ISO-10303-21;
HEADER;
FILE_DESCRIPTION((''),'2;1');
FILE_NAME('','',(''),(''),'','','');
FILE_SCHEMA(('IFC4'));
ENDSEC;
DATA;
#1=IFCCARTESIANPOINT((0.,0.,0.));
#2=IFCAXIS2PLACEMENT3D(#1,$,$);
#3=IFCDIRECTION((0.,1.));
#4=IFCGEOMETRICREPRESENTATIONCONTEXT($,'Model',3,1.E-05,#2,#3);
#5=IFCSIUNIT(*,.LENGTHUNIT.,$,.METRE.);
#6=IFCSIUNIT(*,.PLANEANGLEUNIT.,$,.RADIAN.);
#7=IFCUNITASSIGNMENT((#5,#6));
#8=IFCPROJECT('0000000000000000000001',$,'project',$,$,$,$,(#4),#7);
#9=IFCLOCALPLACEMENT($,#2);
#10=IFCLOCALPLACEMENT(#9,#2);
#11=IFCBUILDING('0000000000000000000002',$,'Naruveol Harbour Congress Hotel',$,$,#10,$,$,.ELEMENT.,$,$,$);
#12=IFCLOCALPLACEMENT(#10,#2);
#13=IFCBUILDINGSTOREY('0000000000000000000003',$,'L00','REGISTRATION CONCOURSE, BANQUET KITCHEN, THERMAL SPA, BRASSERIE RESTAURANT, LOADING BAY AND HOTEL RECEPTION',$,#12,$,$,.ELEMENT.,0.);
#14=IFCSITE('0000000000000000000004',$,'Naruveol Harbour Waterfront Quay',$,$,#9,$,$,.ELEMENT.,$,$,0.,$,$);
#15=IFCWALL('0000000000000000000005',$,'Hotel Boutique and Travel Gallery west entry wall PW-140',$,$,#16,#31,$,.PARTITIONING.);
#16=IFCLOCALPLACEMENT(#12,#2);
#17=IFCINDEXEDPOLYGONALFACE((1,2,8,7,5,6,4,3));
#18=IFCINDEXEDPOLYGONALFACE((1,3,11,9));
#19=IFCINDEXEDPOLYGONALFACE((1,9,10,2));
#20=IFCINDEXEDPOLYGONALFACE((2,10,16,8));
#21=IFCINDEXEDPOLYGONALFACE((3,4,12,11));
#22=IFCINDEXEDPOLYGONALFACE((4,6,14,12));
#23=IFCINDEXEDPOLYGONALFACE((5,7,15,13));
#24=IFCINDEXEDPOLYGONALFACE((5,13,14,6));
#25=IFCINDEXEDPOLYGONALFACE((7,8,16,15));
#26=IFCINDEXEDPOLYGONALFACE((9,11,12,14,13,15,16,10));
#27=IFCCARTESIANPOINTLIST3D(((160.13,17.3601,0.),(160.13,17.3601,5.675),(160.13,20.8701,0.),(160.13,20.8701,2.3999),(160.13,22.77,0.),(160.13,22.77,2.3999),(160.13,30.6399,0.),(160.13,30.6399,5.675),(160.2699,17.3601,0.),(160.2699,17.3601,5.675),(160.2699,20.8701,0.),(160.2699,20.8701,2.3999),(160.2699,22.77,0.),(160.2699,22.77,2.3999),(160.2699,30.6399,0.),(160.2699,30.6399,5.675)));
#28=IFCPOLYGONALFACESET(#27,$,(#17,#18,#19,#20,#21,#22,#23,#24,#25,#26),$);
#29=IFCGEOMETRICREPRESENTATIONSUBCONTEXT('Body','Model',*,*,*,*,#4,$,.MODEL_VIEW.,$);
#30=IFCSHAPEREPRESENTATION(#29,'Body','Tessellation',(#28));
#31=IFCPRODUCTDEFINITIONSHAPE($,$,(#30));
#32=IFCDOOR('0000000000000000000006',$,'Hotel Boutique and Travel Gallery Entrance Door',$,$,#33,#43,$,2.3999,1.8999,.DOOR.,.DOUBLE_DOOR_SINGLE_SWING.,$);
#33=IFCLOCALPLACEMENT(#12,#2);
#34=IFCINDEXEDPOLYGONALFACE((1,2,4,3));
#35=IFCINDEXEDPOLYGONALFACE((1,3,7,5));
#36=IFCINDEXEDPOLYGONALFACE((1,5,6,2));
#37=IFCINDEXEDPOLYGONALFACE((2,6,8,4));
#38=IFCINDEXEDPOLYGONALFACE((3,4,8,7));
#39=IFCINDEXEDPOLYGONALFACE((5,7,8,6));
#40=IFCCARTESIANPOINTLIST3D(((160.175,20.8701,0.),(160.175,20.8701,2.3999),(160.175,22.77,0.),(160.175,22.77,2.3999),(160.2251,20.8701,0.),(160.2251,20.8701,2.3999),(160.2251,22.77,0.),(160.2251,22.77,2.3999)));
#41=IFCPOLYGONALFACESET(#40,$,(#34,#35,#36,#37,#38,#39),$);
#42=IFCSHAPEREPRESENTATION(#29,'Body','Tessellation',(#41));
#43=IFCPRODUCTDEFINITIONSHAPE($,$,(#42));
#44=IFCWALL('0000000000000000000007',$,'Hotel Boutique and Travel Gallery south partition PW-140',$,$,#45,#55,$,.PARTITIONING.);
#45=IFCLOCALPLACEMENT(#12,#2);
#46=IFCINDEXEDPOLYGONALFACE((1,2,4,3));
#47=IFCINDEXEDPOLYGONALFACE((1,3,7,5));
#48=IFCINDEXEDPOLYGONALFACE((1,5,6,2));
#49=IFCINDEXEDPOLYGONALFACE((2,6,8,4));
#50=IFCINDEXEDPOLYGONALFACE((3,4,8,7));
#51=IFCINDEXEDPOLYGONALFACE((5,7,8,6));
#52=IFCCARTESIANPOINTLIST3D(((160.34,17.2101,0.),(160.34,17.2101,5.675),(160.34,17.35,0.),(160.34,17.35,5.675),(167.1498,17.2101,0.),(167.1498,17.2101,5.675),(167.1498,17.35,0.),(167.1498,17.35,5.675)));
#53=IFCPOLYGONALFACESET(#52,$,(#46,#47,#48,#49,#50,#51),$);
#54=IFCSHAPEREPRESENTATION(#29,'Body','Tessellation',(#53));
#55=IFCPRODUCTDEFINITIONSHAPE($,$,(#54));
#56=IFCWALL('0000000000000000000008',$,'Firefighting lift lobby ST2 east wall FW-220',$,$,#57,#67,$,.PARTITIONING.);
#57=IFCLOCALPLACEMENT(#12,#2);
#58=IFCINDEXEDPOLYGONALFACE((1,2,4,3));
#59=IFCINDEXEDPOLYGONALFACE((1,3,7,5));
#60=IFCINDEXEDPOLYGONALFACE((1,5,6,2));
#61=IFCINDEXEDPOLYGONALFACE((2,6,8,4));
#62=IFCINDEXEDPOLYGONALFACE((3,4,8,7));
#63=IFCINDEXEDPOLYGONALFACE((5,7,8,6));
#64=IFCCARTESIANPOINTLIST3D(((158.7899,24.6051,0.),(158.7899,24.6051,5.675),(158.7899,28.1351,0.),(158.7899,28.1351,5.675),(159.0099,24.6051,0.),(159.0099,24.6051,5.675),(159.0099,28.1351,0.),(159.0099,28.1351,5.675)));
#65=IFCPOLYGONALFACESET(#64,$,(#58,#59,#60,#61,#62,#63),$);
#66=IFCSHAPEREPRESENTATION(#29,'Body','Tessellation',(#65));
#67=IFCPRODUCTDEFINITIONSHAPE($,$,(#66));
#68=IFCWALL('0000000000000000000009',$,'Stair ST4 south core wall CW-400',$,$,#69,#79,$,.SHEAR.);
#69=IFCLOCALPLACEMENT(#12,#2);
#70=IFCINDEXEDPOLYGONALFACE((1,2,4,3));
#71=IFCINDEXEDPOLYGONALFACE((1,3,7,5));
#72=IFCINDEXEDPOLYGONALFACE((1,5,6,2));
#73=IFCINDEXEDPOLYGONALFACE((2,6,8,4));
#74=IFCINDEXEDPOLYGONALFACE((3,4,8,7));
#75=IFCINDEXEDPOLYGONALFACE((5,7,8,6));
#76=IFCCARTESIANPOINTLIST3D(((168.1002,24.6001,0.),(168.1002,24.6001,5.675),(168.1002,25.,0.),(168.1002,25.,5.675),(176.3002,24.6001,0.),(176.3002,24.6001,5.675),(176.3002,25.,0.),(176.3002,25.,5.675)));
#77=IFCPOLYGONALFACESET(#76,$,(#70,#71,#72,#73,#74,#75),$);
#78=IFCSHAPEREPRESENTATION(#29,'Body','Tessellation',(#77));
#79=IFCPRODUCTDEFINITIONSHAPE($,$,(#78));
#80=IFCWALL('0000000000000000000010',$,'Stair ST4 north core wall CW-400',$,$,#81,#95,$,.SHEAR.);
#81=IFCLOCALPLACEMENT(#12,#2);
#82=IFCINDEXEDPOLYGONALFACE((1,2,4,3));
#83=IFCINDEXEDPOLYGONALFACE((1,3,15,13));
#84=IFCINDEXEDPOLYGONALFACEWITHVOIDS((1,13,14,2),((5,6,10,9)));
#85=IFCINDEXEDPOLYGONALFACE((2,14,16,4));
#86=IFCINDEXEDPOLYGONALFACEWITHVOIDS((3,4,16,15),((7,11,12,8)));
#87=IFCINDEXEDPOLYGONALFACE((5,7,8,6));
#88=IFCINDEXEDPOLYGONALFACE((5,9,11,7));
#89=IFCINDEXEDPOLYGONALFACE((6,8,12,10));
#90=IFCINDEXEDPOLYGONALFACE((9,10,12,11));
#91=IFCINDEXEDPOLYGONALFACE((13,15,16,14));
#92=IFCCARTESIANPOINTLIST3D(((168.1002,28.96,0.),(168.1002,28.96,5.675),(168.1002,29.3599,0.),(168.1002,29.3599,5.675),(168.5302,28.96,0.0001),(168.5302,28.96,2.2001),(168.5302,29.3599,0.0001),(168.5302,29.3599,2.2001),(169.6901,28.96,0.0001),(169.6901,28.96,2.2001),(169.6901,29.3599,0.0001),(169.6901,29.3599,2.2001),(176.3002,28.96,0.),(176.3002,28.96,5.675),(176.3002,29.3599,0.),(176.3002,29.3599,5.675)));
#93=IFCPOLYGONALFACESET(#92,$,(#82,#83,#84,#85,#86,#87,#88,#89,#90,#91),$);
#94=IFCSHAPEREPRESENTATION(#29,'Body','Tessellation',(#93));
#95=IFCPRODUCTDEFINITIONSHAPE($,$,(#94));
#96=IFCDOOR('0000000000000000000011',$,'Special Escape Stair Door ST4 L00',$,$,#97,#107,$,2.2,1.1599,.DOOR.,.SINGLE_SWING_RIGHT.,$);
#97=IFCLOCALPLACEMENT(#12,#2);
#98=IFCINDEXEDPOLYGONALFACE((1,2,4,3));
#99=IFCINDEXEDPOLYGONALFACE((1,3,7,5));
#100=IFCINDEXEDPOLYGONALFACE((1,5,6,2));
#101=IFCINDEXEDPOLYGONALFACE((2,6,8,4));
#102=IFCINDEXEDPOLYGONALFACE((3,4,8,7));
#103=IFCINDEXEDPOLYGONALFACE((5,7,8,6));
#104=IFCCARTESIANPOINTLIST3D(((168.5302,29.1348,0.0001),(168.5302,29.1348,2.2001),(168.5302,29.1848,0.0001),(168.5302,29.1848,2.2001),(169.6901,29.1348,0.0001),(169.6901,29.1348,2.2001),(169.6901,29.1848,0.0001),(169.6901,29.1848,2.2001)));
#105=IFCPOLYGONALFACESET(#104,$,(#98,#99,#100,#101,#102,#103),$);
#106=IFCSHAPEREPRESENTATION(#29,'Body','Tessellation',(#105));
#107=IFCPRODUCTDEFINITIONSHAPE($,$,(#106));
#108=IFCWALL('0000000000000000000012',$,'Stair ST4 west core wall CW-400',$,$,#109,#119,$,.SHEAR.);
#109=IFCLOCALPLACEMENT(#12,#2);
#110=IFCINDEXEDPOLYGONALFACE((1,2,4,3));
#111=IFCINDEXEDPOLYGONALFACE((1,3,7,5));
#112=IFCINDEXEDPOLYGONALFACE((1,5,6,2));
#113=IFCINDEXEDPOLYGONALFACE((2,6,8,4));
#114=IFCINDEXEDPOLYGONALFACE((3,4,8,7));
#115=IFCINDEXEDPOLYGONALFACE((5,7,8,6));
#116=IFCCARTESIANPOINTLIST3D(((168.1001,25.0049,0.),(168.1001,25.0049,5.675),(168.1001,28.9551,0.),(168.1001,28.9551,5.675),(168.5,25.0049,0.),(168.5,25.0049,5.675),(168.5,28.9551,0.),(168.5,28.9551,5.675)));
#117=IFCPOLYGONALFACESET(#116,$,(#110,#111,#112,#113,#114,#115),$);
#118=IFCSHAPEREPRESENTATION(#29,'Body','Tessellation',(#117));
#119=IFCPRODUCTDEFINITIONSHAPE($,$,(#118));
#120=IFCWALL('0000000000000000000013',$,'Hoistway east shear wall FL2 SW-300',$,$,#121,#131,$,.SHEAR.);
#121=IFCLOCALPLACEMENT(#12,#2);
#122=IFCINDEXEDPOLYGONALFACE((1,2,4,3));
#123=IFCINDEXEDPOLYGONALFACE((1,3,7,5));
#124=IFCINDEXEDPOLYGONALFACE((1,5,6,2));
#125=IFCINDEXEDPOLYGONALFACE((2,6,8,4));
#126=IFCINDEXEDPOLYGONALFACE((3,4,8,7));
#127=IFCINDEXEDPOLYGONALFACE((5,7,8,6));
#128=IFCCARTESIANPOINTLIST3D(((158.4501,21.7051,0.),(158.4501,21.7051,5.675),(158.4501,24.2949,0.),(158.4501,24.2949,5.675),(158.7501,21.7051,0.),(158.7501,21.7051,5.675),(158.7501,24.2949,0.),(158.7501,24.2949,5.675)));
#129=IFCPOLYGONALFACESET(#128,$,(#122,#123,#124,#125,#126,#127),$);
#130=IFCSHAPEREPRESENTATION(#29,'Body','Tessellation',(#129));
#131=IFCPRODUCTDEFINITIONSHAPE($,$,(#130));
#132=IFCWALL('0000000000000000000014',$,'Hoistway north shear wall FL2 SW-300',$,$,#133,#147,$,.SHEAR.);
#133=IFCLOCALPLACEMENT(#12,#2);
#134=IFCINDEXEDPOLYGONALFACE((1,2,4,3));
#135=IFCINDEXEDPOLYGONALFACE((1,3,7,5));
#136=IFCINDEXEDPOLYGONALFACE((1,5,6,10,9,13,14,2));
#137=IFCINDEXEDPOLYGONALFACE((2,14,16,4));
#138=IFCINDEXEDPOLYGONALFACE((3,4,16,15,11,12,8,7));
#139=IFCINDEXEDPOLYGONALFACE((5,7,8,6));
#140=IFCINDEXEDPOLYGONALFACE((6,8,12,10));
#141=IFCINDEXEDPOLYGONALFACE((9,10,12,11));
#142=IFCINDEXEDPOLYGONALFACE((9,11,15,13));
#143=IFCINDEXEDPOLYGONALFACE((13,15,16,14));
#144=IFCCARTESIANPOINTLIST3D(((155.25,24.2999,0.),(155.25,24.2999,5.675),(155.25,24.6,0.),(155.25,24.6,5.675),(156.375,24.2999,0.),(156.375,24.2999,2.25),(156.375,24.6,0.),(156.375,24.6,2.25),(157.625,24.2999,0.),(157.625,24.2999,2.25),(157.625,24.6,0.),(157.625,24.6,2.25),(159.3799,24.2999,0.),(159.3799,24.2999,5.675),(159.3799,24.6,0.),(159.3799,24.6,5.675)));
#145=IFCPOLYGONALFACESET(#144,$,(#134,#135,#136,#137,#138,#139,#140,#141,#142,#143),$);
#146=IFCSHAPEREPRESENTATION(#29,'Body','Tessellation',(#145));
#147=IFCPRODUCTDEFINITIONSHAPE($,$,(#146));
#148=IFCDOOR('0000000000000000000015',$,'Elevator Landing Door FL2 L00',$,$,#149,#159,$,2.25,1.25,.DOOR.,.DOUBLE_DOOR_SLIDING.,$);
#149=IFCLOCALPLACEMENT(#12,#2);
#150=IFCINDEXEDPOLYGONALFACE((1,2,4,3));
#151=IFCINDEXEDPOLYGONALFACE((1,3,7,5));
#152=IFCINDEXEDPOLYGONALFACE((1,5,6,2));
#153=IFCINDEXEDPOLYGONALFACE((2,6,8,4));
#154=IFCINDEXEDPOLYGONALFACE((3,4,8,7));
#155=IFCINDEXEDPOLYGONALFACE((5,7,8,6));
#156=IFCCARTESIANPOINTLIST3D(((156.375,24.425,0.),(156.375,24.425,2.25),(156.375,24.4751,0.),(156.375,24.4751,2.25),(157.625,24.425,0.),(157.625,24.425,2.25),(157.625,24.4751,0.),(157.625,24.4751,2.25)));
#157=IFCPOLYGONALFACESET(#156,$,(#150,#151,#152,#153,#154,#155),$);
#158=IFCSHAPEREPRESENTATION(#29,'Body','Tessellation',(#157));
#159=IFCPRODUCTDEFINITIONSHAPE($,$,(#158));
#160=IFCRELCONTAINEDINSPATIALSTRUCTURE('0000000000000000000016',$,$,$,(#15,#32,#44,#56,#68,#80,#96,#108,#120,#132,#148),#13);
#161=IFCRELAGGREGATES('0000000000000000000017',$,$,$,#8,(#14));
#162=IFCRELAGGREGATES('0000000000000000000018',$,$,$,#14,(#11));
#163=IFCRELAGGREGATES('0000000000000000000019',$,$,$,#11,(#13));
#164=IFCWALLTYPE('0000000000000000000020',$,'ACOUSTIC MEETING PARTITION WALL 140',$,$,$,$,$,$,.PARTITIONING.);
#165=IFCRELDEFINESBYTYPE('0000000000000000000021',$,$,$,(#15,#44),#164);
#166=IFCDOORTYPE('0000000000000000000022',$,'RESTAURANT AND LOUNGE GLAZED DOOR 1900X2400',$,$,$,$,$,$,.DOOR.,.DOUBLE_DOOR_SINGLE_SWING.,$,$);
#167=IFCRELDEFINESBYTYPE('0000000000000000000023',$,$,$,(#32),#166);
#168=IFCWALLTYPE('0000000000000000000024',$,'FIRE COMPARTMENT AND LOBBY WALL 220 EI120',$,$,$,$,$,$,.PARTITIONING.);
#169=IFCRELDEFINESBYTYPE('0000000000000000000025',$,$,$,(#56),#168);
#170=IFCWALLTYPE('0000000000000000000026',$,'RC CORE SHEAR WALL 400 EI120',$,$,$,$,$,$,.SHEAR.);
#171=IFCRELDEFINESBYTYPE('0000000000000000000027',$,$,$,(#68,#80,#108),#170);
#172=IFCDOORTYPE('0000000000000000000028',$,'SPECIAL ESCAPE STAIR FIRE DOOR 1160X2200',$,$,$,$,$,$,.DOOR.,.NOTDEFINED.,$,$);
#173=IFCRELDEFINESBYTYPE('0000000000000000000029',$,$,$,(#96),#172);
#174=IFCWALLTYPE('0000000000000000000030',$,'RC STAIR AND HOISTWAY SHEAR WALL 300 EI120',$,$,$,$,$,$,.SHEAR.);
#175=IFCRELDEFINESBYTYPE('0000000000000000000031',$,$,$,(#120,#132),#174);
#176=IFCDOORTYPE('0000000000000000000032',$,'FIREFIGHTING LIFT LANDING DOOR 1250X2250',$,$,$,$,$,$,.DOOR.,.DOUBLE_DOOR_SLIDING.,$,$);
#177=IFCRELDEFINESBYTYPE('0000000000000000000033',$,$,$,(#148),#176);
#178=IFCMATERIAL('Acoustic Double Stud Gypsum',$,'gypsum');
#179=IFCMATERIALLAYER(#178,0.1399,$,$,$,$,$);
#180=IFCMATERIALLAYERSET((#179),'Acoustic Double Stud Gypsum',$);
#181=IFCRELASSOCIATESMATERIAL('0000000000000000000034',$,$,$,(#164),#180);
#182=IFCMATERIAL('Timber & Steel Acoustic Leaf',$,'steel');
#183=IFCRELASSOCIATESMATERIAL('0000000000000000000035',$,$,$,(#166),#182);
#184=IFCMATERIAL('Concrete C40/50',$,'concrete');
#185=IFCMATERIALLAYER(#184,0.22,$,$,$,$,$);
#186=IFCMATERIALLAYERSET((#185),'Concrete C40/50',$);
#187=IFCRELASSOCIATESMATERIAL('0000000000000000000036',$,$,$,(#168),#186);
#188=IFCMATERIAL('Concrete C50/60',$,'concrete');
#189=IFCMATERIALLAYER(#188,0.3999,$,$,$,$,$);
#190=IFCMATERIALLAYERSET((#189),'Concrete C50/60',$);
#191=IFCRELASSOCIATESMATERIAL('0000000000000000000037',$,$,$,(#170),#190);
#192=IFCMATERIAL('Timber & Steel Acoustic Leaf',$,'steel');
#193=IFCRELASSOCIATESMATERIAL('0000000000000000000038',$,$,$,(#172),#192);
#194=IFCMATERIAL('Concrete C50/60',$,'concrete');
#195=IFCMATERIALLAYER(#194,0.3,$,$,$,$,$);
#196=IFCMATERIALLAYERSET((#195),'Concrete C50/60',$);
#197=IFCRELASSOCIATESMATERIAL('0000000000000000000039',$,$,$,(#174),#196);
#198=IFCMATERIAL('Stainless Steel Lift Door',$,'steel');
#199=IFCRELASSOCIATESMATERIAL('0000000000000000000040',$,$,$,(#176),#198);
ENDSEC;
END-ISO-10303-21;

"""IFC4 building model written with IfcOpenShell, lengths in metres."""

from ifc_helpers import new_model, si_unit, direction, frame, frame_2d, origin, place, context, subcontext, project, spatial, rectangle, extrude, material, layer, layer_set, type_object, element, fill, save


model = new_model("IFC4")

# Units and contexts
model_context = context("Model", 3, precision=1e-05, world=origin(), true_north=direction((0.0, 1.0)))
body_context = subcontext(model_context, "Body", "Model", "MODEL_VIEW")
ifc_project = project(units=[si_unit("LENGTHUNIT", "METRE"), si_unit("PLANEANGLEUNIT", "RADIAN")], contexts=[model_context])

# Site, building, storey
site_placement = place(None, origin())
site = spatial("IfcSite", under=ifc_project, at=site_placement, Name="Naruveol Harbour Waterfront Quay", CompositionType="ELEMENT", RefElevation=0.0)
building_placement = place(site_placement, origin())
building = spatial("IfcBuilding", under=site, at=building_placement, Name="Naruveol Harbour Congress Hotel", CompositionType="ELEMENT")
storey_placement = place(building_placement, origin())
storey = spatial("IfcBuildingStorey", under=building, at=storey_placement, Name="L00", Description="REGISTRATION CONCOURSE, BANQUET KITCHEN, THERMAL SPA, BRASSERIE RESTAURANT, LOADING BAY AND HOTEL RECEPTION", CompositionType="ELEMENT", Elevation=0.0)

# Wall, opening, door
ifc_material_1 = material(Name="Acoustic Double Stud Gypsum", Category="gypsum")
ifc_layer_1 = layer(ifc_material_1, 0.1399)
ifc_layer_set_1 = layer_set([ifc_layer_1], Name="Acoustic Double Stud Gypsum")
wall_type_1 = type_object("IfcWallType", Name="ACOUSTIC MEETING PARTITION WALL 140", PredefinedType="PARTITIONING", material=ifc_layer_set_1)
wall_1_placement = place(storey_placement, frame((160.2, 17.3601, 0.0), z_axis=(0.0, 0.0, 1.0), x_axis=(0.0, 1.0, 0.0)))
wall_1 = element("IfcWall", 1, at=wall_1_placement, inside=storey, type_object=wall_type_1, Name="Hotel Boutique and Travel Gallery west entry wall PW-140", PredefinedType="PARTITIONING", context=body_context, shape_type="SweptSolid", body=[
    extrude(rectangle(XDim=13.2798, YDim=0.1399, at=frame_2d((6.6399, 0.0))), origin(), (0.0, 0.0, 1.0), 5.675),
])
opening_1_placement = place(wall_1_placement, frame((3.51, 0.0, 0.0)))
opening_1 = element("IfcOpeningElement", 2, at=opening_1_placement, cuts=wall_1, PredefinedType="OPENING", context=body_context, shape_type="SweptSolid", body=[
    extrude(rectangle(XDim=1.8999, YDim=2.3999, at=frame_2d((0.95, 1.2))), frame((0.0, 0.0798, 0.0), z_axis=(0.0, -1.0, 0.0), x_axis=(1.0, 0.0, 0.0)), (0.0, 0.0, 1.0), 0.1599),
])
ifc_material_2 = material(Name="Timber & Steel Acoustic Leaf", Category="steel")
door_type_1 = type_object("IfcDoorType", Name="RESTAURANT AND LOUNGE GLAZED DOOR 1900X2400", OperationType="DOUBLE_DOOR_SINGLE_SWING", PredefinedType="DOOR", material=ifc_material_2)
door_1_placement = place(opening_1_placement, origin())
door_1 = element("IfcDoor", 3, at=door_1_placement, inside=storey, type_object=door_type_1, Name="Hotel Boutique and Travel Gallery Entrance Door", OperationType="DOUBLE_DOOR_SINGLE_SWING", OverallHeight=2.3999, OverallWidth=1.8999, PredefinedType="DOOR", context=body_context, shape_type="SweptSolid", body=[
    extrude(rectangle(XDim=1.8999, YDim=2.3999, at=frame_2d((0.95, 1.2))), frame((0.0, 0.0249, 0.0), z_axis=(0.0, -1.0, 0.0), x_axis=(1.0, 0.0, 0.0)), (0.0, 0.0, 1.0), 0.05),
])
fill(opening_1, door_1)

# Walls
wall_2_placement = place(storey_placement, frame((160.3401, 17.28, 0.0), z_axis=(0.0, 0.0, 1.0), x_axis=(1.0, 0.0, 0.0)))
element("IfcWall", 4, at=wall_2_placement, inside=storey, type_object=wall_type_1, Name="Hotel Boutique and Travel Gallery south partition PW-140", PredefinedType="PARTITIONING", context=body_context, shape_type="SweptSolid", body=[
    extrude(rectangle(XDim=6.8098, YDim=0.1399, at=frame_2d((3.4048, 0.0))), origin(), (0.0, 0.0, 1.0), 5.675),
])
ifc_material_3 = material(Name="Concrete C40/50", Category="concrete")
ifc_layer_2 = layer(ifc_material_3, 0.22)
ifc_layer_set_2 = layer_set([ifc_layer_2], Name="Concrete C40/50")
wall_type_2 = type_object("IfcWallType", Name="FIRE COMPARTMENT AND LOBBY WALL 220 EI120", PredefinedType="PARTITIONING", material=ifc_layer_set_2)
wall_3_placement = place(storey_placement, frame((158.8999, 24.605, 0.0), z_axis=(0.0, 0.0, 1.0), x_axis=(0.0, 1.0, 0.0)))
element("IfcWall", 5, at=wall_3_placement, inside=storey, type_object=wall_type_2, Name="Firefighting lift lobby ST2 east wall FW-220", PredefinedType="PARTITIONING", context=body_context, shape_type="SweptSolid", body=[
    extrude(rectangle(XDim=3.53, YDim=0.22, at=frame_2d((1.7651, 0.0))), origin(), (0.0, 0.0, 1.0), 5.675),
])
ifc_material_4 = material(Name="Concrete C50/60", Category="concrete")
ifc_layer_3 = layer(ifc_material_4, 0.3999)
ifc_layer_set_3 = layer_set([ifc_layer_3], Name="Concrete C50/60")
wall_type_3 = type_object("IfcWallType", Name="RC CORE SHEAR WALL 400 EI120", PredefinedType="SHEAR", material=ifc_layer_set_3)
wall_4_placement = place(storey_placement, frame((168.1001, 24.8, 0.0), z_axis=(0.0, 0.0, 1.0), x_axis=(1.0, 0.0, 0.0)))
element("IfcWall", 6, at=wall_4_placement, inside=storey, type_object=wall_type_3, Name="Stair ST4 south core wall CW-400", PredefinedType="SHEAR", context=body_context, shape_type="SweptSolid", body=[
    extrude(rectangle(XDim=8.2, YDim=0.3999, at=frame_2d((4.1001, 0.0))), origin(), (0.0, 0.0, 1.0), 5.675),
])

# Wall, opening, door
wall_5_placement = place(storey_placement, frame((168.1001, 29.1599, 0.0), z_axis=(0.0, 0.0, 1.0), x_axis=(1.0, 0.0, 0.0)))
wall_5 = element("IfcWall", 7, at=wall_5_placement, inside=storey, type_object=wall_type_3, Name="Stair ST4 north core wall CW-400", PredefinedType="SHEAR", context=body_context, shape_type="SweptSolid", body=[
    extrude(rectangle(XDim=8.2, YDim=0.3999, at=frame_2d((4.1001, 0.0))), origin(), (0.0, 0.0, 1.0), 5.675),
])
opening_2_placement = place(wall_5_placement, frame((0.4299, 0.0, 0.0)))
opening_2 = element("IfcOpeningElement", 8, at=opening_2_placement, cuts=wall_5, PredefinedType="OPENING", context=body_context, shape_type="SweptSolid", body=[
    extrude(rectangle(XDim=1.1599, YDim=2.2, at=frame_2d((0.5801, 1.1001))), frame((0.0, 0.21, 0.0), z_axis=(0.0, -1.0, 0.0), x_axis=(1.0, 0.0, 0.0)), (0.0, 0.0, 1.0), 0.4199),
])
ifc_material_5 = material(Name="Timber & Steel Acoustic Leaf", Category="steel")
door_type_2 = type_object("IfcDoorType", Name="SPECIAL ESCAPE STAIR FIRE DOOR 1160X2200", OperationType="NOTDEFINED", PredefinedType="DOOR", material=ifc_material_5)
door_2_placement = place(opening_2_placement, origin())
door_2 = element("IfcDoor", 9, at=door_2_placement, inside=storey, type_object=door_type_2, Name="Special Escape Stair Door ST4 L00", OperationType="SINGLE_SWING_RIGHT", OverallHeight=2.2, OverallWidth=1.1599, PredefinedType="DOOR", context=body_context, shape_type="SweptSolid", body=[
    extrude(rectangle(XDim=1.1599, YDim=2.2, at=frame_2d((0.5801, 1.1001))), frame((0.0, 0.0249, 0.0), z_axis=(0.0, -1.0, 0.0), x_axis=(1.0, 0.0, 0.0)), (0.0, 0.0, 1.0), 0.05),
])
fill(opening_2, door_2)

# Walls
wall_6_placement = place(storey_placement, frame((168.3, 25.0049, 0.0), z_axis=(0.0, 0.0, 1.0), x_axis=(0.0, 1.0, 0.0)))
element("IfcWall", 10, at=wall_6_placement, inside=storey, type_object=wall_type_3, Name="Stair ST4 west core wall CW-400", PredefinedType="SHEAR", context=body_context, shape_type="SweptSolid", body=[
    extrude(rectangle(XDim=3.9502, YDim=0.3999, at=frame_2d((1.9751, 0.0))), origin(), (0.0, 0.0, 1.0), 5.675),
])
ifc_material_6 = material(Name="Concrete C50/60", Category="concrete")
ifc_layer_4 = layer(ifc_material_6, 0.3)
ifc_layer_set_4 = layer_set([ifc_layer_4], Name="Concrete C50/60")
wall_type_4 = type_object("IfcWallType", Name="RC STAIR AND HOISTWAY SHEAR WALL 300 EI120", PredefinedType="SHEAR", material=ifc_layer_set_4)
wall_7_placement = place(storey_placement, frame((158.6001, 21.7051, 0.0), z_axis=(0.0, 0.0, 1.0), x_axis=(0.0, 1.0, 0.0)))
element("IfcWall", 11, at=wall_7_placement, inside=storey, type_object=wall_type_4, Name="Hoistway east shear wall FL2 SW-300", PredefinedType="SHEAR", context=body_context, shape_type="SweptSolid", body=[
    extrude(rectangle(XDim=2.5898, YDim=0.3, at=frame_2d((1.2949, 0.0))), origin(), (0.0, 0.0, 1.0), 5.675),
])

# Wall, opening, door
wall_8_placement = place(storey_placement, frame((159.3799, 24.45, 0.0), z_axis=(0.0, 0.0, 1.0), x_axis=(-1.0, 0.0, 0.0)))
wall_8 = element("IfcWall", 12, at=wall_8_placement, inside=storey, type_object=wall_type_4, Name="Hoistway north shear wall FL2 SW-300", PredefinedType="SHEAR", context=body_context, shape_type="SweptSolid", body=[
    extrude(rectangle(XDim=4.1299, YDim=0.3, at=frame_2d((2.0649, 0.0))), origin(), (0.0, 0.0, 1.0), 5.675),
])
opening_3_placement = place(wall_8_placement, frame((1.7549, 0.0, 0.0)))
opening_3 = element("IfcOpeningElement", 13, at=opening_3_placement, cuts=wall_8, PredefinedType="OPENING", context=body_context, shape_type="SweptSolid", body=[
    extrude(rectangle(XDim=1.25, YDim=2.25, at=frame_2d((0.625, 1.125))), frame((0.0, 0.1599, 0.0), z_axis=(0.0, -1.0, 0.0), x_axis=(1.0, 0.0, 0.0)), (0.0, 0.0, 1.0), 0.3201),
])
ifc_material_7 = material(Name="Stainless Steel Lift Door", Category="steel")
door_type_3 = type_object("IfcDoorType", Name="FIREFIGHTING LIFT LANDING DOOR 1250X2250", OperationType="DOUBLE_DOOR_SLIDING", PredefinedType="DOOR", material=ifc_material_7)
door_3_placement = place(opening_3_placement, origin())
door_3 = element("IfcDoor", 14, at=door_3_placement, inside=storey, type_object=door_type_3, Name="Elevator Landing Door FL2 L00", OperationType="DOUBLE_DOOR_SLIDING", OverallHeight=2.25, OverallWidth=1.25, PredefinedType="DOOR", context=body_context, shape_type="SweptSolid", body=[
    extrude(rectangle(XDim=1.25, YDim=2.25, at=frame_2d((0.625, 1.125))), frame((0.0, 0.0249, 0.0), z_axis=(0.0, -1.0, 0.0), x_axis=(1.0, 0.0, 0.0)), (0.0, 0.0, 1.0), 0.05),
])
fill(opening_3, door_3)

save(model, "model.ifc")
